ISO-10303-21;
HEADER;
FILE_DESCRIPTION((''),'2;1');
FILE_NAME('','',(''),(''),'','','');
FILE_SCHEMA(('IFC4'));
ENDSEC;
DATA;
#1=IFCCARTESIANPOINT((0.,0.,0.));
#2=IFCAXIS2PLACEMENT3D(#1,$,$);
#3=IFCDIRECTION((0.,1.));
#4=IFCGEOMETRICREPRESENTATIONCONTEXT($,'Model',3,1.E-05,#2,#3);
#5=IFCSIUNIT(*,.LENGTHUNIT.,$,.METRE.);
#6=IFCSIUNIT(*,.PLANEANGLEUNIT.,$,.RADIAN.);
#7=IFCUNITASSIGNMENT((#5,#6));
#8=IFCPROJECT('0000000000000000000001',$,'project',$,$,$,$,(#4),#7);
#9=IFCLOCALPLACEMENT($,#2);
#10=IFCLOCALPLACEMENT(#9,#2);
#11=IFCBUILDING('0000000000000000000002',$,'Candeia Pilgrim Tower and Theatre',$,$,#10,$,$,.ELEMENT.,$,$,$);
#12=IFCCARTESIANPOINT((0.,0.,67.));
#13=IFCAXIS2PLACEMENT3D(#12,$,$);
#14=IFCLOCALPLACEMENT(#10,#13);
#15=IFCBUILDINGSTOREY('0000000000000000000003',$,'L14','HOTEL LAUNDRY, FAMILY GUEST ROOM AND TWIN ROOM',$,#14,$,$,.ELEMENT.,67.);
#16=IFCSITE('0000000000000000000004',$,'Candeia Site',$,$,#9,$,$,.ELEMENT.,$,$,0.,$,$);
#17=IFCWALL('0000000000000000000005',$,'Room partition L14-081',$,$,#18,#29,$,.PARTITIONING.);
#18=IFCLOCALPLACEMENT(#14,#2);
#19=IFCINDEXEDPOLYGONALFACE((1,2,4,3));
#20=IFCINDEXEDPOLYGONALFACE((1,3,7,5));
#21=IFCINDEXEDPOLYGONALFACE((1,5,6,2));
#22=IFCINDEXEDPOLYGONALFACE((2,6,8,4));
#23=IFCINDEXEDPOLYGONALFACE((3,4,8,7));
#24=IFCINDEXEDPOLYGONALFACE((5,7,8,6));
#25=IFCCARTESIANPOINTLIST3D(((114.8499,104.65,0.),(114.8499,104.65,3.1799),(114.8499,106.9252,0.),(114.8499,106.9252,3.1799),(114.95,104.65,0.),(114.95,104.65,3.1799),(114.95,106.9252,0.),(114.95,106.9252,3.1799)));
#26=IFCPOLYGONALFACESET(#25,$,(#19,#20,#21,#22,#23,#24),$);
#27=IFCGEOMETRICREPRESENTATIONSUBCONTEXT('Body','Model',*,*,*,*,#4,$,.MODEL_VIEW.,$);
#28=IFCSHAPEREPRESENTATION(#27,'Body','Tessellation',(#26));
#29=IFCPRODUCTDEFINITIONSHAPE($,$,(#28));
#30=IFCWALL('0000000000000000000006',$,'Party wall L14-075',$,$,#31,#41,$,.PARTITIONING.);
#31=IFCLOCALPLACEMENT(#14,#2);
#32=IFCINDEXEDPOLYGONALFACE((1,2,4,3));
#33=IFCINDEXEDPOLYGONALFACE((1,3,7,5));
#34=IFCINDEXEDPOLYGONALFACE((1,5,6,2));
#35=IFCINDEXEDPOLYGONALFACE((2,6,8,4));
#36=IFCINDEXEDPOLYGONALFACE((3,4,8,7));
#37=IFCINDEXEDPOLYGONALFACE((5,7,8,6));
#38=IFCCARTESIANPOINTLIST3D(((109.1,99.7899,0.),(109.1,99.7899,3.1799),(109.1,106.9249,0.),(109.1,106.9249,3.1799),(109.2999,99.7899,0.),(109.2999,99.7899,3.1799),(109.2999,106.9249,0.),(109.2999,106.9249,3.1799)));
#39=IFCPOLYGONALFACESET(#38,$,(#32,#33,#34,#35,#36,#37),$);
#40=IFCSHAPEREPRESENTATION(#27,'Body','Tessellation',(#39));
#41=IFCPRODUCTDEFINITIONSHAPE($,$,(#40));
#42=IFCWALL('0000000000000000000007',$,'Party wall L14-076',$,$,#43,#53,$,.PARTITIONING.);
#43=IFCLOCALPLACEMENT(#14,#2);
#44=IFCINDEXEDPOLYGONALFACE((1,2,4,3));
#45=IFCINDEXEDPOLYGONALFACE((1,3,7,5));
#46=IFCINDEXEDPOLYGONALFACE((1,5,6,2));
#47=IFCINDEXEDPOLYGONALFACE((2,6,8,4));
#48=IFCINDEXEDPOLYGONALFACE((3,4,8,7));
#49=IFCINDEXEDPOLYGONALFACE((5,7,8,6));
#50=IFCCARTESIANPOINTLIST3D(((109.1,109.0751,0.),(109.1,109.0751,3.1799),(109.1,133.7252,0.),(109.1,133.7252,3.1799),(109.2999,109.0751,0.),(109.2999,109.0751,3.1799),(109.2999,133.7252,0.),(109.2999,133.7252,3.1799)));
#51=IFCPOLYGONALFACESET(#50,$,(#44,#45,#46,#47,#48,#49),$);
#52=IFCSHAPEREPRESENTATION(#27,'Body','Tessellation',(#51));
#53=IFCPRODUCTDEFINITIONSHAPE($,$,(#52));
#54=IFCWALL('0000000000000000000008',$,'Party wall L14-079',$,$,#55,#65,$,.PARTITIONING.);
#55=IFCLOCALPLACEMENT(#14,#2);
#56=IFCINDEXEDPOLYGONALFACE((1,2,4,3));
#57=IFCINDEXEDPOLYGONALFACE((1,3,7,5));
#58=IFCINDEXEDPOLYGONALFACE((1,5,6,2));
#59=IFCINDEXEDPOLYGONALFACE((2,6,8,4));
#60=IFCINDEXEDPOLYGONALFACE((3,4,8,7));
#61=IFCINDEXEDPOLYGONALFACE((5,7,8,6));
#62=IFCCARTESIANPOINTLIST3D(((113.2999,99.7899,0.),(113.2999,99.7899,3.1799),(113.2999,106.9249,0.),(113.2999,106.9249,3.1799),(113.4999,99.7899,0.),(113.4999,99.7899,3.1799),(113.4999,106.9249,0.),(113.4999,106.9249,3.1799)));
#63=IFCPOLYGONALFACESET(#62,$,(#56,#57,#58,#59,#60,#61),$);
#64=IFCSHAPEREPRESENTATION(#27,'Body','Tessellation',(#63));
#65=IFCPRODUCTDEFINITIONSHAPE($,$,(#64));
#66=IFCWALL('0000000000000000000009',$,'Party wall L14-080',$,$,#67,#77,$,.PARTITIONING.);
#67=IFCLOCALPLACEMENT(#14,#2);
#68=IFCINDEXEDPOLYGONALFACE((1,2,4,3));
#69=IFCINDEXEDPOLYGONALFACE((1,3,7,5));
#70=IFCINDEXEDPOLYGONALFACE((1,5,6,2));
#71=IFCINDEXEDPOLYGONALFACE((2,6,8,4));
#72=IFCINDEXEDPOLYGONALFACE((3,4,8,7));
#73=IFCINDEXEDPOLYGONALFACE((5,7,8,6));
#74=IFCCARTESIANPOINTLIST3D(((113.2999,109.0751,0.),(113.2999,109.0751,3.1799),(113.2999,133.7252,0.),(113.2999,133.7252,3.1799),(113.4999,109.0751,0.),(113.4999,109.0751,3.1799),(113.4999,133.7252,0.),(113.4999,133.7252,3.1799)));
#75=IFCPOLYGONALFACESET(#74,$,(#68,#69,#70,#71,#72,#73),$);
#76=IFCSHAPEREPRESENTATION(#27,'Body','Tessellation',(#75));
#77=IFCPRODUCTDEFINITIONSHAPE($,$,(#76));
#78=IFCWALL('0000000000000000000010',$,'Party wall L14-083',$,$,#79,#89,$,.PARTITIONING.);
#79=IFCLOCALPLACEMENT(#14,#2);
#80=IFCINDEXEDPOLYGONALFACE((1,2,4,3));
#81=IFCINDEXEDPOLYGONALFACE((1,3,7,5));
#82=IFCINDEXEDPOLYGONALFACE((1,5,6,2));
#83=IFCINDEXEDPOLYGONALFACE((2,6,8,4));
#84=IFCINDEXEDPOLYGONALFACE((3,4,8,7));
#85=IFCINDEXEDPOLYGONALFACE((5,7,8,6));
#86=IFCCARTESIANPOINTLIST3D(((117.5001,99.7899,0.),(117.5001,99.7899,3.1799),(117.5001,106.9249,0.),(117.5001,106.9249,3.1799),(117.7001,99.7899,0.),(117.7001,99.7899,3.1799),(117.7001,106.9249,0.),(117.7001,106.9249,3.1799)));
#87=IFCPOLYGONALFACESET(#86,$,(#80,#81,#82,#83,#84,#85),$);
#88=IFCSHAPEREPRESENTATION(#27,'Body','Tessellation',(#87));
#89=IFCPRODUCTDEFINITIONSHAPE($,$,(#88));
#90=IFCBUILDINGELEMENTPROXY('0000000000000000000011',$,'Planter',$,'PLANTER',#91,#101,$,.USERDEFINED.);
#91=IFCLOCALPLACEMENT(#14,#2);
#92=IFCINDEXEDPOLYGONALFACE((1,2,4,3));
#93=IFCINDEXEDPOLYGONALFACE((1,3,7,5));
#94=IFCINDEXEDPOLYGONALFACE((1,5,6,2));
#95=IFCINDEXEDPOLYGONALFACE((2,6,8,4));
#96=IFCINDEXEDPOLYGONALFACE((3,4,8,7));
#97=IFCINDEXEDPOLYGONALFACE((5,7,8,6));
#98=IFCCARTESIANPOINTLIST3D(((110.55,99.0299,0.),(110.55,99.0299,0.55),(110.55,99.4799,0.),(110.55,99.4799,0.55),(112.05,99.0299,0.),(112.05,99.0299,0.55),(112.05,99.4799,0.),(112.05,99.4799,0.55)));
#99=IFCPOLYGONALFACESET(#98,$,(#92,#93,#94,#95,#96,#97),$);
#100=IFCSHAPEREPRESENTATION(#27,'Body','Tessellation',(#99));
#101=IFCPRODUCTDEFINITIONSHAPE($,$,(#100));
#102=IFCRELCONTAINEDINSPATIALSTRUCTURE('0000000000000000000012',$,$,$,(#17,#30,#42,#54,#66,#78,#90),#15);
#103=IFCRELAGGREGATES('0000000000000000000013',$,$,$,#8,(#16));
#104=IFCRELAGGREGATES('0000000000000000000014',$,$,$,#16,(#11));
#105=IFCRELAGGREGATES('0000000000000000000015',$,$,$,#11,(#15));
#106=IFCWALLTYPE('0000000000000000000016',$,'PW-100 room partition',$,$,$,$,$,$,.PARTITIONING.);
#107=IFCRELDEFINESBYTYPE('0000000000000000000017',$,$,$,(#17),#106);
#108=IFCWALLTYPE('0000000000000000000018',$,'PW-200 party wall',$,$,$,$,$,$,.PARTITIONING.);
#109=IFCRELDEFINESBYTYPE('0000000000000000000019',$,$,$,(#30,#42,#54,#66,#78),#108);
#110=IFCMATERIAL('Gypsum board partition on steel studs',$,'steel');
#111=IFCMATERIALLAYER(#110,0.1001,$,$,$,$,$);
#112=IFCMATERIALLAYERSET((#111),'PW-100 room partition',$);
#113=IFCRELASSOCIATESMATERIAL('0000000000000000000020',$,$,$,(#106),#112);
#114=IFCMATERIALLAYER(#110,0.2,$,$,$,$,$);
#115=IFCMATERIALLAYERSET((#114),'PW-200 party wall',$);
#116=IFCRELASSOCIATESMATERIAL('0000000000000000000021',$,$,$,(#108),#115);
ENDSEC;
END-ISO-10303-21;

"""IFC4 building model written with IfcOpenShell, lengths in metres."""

from ifc_helpers import new_model, si_unit, direction, frame, frame_2d, origin, origin_2d, place, context, subcontext, project, spatial, rectangle, extrude, material, layer, layer_set, type_object, element, save


model = new_model("IFC4")

# Units and contexts
model_context = context("Model", 3, precision=1e-05, world=origin(), true_north=direction((0.0, 1.0)))
body_context = subcontext(model_context, "Body", "Model", "MODEL_VIEW")
ifc_project = project(units=[si_unit("LENGTHUNIT", "METRE"), si_unit("PLANEANGLEUNIT", "RADIAN")], contexts=[model_context])

# Site, building, storey
site_placement = place(None, origin())
site = spatial("IfcSite", under=ifc_project, at=site_placement, Name="Candeia Site", CompositionType="ELEMENT", RefElevation=0.0)
building_placement = place(site_placement, origin())
building = spatial("IfcBuilding", under=site, at=building_placement, Name="Candeia Pilgrim Tower and Theatre", CompositionType="ELEMENT")
storey_placement = place(building_placement, frame((0.0, 0.0, 67.0)))
storey = spatial("IfcBuildingStorey", under=building, at=storey_placement, Name="L14", Description="HOTEL LAUNDRY, FAMILY GUEST ROOM AND TWIN ROOM", CompositionType="ELEMENT", Elevation=67.0)

# Shared definitions
ifc_material_1 = material(Name="Gypsum board partition on steel studs", Category="steel")
ifc_layer_1 = layer(ifc_material_1, 0.1001)
ifc_layer_set_1 = layer_set([ifc_layer_1], Name="PW-100 room partition")
wall_type_1 = type_object("IfcWallType", Name="PW-100 room partition", PredefinedType="PARTITIONING", material=ifc_layer_set_1)

# Walls
wall_1_placement = place(storey_placement, frame((114.8999, 104.6499, 0.0), z_axis=(0.0, 0.0, 1.0), x_axis=(0.0, 1.0, 0.0)))
element("IfcWall", 1, at=wall_1_placement, inside=storey, type_object=wall_type_1, Name="Room partition L14-081", PredefinedType="PARTITIONING", context=body_context, shape_type="SweptSolid", body=[
    extrude(rectangle(XDim=2.2751, YDim=0.1001, at=frame_2d((1.1377, 0.0))), origin(), (0.0, 0.0, 1.0), 3.1799),
])
ifc_layer_2 = layer(ifc_material_1, 0.2)
ifc_layer_set_2 = layer_set([ifc_layer_2], Name="PW-200 party wall")
wall_type_2 = type_object("IfcWallType", Name="PW-200 party wall", PredefinedType="PARTITIONING", material=ifc_layer_set_2)
wall_2_placement = place(storey_placement, frame((109.2, 99.79, 0.0), z_axis=(0.0, 0.0, 1.0), x_axis=(0.0, 1.0, 0.0)))
element("IfcWall", 2, at=wall_2_placement, inside=storey, type_object=wall_type_2, Name="Party wall L14-075", PredefinedType="PARTITIONING", context=body_context, shape_type="SweptSolid", body=[
    extrude(rectangle(XDim=7.135, YDim=0.2, at=frame_2d((3.5674, 0.0))), origin(), (0.0, 0.0, 1.0), 3.1799),
])
wall_3_placement = place(storey_placement, frame((109.2, 109.075, 0.0), z_axis=(0.0, 0.0, 1.0), x_axis=(0.0, 1.0, 0.0)))
element("IfcWall", 3, at=wall_3_placement, inside=storey, type_object=wall_type_2, Name="Party wall L14-076", PredefinedType="PARTITIONING", context=body_context, shape_type="SweptSolid", body=[
    extrude(rectangle(XDim=24.6501, YDim=0.2, at=frame_2d((12.3252, 0.0))), origin(), (0.0, 0.0, 1.0), 3.1799),
])
wall_4_placement = place(storey_placement, frame((113.3999, 99.79, 0.0), z_axis=(0.0, 0.0, 1.0), x_axis=(0.0, 1.0, 0.0)))
element("IfcWall", 4, at=wall_4_placement, inside=storey, type_object=wall_type_2, Name="Party wall L14-079", PredefinedType="PARTITIONING", context=body_context, shape_type="SweptSolid", body=[
    extrude(rectangle(XDim=7.135, YDim=0.2, at=frame_2d((3.5674, 0.0))), origin(), (0.0, 0.0, 1.0), 3.1799),
])
wall_5_placement = place(storey_placement, frame((113.3999, 109.075, 0.0), z_axis=(0.0, 0.0, 1.0), x_axis=(0.0, 1.0, 0.0)))
element("IfcWall", 5, at=wall_5_placement, inside=storey, type_object=wall_type_2, Name="Party wall L14-080", PredefinedType="PARTITIONING", context=body_context, shape_type="SweptSolid", body=[
    extrude(rectangle(XDim=24.6501, YDim=0.2, at=frame_2d((12.3252, 0.0))), origin(), (0.0, 0.0, 1.0), 3.1799),
])
wall_6_placement = place(storey_placement, frame((117.6001, 99.79, 0.0), z_axis=(0.0, 0.0, 1.0), x_axis=(0.0, 1.0, 0.0)))
element("IfcWall", 6, at=wall_6_placement, inside=storey, type_object=wall_type_2, Name="Party wall L14-083", PredefinedType="PARTITIONING", context=body_context, shape_type="SweptSolid", body=[
    extrude(rectangle(XDim=7.135, YDim=0.2, at=frame_2d((3.5674, 0.0))), origin(), (0.0, 0.0, 1.0), 3.1799),
])

# Building element proxy
proxy_placement = place(storey_placement, frame((111.3, 99.2549, 0.0), z_axis=(0.0, 0.0, 1.0), x_axis=(1.0, 0.0, 0.0)))
element("IfcBuildingElementProxy", 7, at=proxy_placement, inside=storey, Name="Planter", ObjectType="PLANTER", PredefinedType="USERDEFINED", context=body_context, shape_type="SweptSolid", body=[
    extrude(rectangle(XDim=1.5, YDim=0.45, at=origin_2d()), origin(), (0.0, 0.0, 1.0), 0.55),
])

save(model, "model.ifc")
